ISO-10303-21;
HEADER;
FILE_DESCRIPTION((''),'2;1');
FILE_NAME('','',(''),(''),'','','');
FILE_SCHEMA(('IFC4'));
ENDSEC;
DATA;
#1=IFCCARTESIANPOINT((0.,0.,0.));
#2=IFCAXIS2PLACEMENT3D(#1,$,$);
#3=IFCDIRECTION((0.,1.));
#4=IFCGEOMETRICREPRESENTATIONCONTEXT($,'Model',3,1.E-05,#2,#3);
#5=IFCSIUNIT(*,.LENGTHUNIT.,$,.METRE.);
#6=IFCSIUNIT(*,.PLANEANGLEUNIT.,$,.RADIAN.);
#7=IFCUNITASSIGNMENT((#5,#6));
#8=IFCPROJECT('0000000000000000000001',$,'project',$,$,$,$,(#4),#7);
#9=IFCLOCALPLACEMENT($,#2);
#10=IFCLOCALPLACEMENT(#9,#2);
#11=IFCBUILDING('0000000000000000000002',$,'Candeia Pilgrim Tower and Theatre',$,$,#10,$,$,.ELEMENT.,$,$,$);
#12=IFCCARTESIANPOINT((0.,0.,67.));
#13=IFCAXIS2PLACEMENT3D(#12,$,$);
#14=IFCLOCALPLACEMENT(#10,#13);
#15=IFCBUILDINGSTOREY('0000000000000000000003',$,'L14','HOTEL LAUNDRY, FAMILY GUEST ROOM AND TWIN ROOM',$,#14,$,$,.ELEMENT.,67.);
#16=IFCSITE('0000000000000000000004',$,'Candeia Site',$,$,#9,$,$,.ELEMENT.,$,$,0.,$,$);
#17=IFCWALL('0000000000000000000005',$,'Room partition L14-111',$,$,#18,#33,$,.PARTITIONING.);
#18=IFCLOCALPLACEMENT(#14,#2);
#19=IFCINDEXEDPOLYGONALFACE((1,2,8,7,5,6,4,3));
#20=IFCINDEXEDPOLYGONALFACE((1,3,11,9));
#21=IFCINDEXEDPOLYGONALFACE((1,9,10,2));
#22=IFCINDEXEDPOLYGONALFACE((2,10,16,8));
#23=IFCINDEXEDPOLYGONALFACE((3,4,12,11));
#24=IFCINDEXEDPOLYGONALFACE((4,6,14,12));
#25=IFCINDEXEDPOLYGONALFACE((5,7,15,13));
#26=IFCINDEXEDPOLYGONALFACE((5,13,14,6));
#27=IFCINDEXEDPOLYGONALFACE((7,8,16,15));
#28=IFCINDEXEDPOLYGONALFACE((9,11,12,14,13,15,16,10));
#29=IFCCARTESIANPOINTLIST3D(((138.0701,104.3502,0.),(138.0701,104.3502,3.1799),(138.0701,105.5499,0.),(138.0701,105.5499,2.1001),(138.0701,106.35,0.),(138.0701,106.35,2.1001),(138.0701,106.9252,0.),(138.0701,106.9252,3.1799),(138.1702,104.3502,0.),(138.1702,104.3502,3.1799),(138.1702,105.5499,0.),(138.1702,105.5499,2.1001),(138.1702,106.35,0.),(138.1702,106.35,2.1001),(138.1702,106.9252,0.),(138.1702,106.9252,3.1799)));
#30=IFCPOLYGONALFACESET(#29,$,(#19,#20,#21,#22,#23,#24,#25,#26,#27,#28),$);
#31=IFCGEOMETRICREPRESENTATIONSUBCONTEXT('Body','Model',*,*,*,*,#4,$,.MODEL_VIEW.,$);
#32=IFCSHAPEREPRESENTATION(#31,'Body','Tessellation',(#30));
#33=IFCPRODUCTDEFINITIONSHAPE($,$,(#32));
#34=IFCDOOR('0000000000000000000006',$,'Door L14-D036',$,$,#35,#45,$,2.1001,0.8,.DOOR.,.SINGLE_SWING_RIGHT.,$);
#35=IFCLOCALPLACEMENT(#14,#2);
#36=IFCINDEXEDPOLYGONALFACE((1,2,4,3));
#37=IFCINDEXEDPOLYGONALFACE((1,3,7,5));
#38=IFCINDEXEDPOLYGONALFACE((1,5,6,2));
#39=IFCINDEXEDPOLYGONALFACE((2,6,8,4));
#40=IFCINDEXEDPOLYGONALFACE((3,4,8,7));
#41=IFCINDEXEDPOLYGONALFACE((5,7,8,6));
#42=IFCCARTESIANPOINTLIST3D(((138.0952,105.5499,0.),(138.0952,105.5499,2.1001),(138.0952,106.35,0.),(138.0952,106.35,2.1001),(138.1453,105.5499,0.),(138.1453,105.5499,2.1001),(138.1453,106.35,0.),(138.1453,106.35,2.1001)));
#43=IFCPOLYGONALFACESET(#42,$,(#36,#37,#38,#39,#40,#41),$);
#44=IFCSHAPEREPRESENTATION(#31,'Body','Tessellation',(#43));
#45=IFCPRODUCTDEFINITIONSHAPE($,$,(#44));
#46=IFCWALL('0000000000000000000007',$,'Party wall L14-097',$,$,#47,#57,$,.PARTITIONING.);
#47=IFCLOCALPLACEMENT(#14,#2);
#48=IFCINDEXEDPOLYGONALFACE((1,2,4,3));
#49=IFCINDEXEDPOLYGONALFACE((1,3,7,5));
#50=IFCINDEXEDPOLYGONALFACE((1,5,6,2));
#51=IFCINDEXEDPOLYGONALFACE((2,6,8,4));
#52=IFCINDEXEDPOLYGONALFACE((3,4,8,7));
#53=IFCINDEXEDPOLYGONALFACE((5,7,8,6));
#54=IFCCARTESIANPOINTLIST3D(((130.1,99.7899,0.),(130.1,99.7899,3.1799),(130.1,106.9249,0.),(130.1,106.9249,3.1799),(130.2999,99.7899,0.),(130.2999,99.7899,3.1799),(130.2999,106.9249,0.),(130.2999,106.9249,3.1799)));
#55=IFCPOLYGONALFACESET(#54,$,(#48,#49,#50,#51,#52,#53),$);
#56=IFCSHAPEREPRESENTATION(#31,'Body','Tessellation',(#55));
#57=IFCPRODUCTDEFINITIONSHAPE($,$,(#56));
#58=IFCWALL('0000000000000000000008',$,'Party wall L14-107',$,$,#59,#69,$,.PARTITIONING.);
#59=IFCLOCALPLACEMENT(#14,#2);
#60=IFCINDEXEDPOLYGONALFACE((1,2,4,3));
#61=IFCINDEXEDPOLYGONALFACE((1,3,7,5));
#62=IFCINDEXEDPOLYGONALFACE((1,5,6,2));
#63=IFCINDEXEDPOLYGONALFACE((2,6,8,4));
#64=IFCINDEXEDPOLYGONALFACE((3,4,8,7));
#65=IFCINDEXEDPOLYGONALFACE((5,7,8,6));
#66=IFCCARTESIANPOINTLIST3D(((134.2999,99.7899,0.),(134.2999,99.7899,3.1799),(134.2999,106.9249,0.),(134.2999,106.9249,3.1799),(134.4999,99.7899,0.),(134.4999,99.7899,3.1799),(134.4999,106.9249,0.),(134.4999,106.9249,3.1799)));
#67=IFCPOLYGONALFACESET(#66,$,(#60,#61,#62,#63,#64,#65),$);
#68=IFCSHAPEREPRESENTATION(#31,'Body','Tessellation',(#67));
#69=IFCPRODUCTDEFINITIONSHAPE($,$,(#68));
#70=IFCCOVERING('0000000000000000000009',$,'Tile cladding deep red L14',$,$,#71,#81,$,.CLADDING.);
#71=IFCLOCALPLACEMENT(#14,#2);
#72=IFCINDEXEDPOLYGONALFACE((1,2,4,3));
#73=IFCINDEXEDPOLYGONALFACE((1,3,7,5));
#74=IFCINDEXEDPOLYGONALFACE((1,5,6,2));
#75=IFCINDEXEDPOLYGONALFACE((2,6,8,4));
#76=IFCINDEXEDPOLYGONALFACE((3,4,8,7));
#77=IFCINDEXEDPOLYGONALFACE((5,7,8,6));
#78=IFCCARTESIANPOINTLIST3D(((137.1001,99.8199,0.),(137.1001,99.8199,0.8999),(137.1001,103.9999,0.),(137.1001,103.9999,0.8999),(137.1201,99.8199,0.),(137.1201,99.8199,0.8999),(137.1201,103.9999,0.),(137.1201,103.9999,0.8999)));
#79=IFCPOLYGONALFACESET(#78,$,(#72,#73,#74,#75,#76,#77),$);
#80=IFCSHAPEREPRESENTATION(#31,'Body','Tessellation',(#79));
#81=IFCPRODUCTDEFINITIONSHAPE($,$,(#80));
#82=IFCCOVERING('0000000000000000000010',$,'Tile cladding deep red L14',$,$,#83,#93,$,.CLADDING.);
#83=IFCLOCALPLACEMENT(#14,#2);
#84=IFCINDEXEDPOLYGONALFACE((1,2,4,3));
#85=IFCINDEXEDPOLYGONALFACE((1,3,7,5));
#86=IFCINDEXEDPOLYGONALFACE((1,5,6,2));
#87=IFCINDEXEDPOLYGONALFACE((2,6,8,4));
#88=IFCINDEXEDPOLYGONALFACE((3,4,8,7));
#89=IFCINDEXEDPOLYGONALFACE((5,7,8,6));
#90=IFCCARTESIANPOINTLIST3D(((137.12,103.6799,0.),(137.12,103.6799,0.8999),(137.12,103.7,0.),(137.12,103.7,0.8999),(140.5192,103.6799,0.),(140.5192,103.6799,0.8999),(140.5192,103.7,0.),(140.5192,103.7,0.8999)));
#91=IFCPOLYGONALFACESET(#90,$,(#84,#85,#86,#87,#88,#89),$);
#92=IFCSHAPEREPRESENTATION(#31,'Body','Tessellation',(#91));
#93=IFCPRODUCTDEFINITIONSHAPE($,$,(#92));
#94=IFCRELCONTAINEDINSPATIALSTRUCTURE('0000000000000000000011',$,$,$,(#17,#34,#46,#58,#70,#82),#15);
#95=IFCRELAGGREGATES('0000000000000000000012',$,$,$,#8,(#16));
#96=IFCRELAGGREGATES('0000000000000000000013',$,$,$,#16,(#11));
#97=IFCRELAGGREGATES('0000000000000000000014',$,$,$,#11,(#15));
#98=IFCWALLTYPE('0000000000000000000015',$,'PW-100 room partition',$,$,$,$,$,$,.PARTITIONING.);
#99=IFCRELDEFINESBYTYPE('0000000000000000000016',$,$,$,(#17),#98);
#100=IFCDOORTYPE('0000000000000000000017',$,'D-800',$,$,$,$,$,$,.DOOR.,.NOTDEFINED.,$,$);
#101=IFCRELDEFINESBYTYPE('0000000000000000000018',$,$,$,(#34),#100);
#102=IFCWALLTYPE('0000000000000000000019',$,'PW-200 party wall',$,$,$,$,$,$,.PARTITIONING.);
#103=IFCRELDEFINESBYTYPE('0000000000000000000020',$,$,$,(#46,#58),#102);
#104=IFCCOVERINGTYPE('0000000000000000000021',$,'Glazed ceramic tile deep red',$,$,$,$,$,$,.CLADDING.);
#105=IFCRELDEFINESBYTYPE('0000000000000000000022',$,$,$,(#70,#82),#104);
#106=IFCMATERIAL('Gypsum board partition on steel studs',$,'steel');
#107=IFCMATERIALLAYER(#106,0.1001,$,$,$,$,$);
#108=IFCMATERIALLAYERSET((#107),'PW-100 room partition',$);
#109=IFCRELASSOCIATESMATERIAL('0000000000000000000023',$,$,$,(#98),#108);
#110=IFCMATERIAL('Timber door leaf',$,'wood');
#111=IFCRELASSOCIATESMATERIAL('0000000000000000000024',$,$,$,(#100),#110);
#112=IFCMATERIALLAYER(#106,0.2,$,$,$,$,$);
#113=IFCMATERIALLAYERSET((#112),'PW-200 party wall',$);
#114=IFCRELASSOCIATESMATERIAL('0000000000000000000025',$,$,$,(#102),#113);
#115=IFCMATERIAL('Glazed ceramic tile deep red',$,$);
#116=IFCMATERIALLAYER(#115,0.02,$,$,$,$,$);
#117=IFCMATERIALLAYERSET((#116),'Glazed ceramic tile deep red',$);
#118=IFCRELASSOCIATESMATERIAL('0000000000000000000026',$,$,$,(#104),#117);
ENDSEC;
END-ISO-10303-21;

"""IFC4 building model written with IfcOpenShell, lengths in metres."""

from ifc_helpers import new_model, si_unit, direction, frame, frame_2d, origin, origin_2d, place, context, subcontext, project, spatial, rectangle, extrude, material, layer, layer_set, type_object, element, fill, save


model = new_model("IFC4")

# Units and contexts
model_context = context("Model", 3, precision=1e-05, world=origin(), true_north=direction((0.0, 1.0)))
body_context = subcontext(model_context, "Body", "Model", "MODEL_VIEW")
ifc_project = project(units=[si_unit("LENGTHUNIT", "METRE"), si_unit("PLANEANGLEUNIT", "RADIAN")], contexts=[model_context])

# Site, building, storey
site_placement = place(None, origin())
site = spatial("IfcSite", under=ifc_project, at=site_placement, Name="Candeia Site", CompositionType="ELEMENT", RefElevation=0.0)
building_placement = place(site_placement, origin())
building = spatial("IfcBuilding", under=site, at=building_placement, Name="Candeia Pilgrim Tower and Theatre", CompositionType="ELEMENT")
storey_placement = place(building_placement, frame((0.0, 0.0, 67.0)))
storey = spatial("IfcBuildingStorey", under=building, at=storey_placement, Name="L14", Description="HOTEL LAUNDRY, FAMILY GUEST ROOM AND TWIN ROOM", CompositionType="ELEMENT", Elevation=67.0)

# Shared definitions
ifc_material_1 = material(Name="Gypsum board partition on steel studs", Category="steel")
ifc_layer_1 = layer(ifc_material_1, 0.1001)
ifc_layer_set_1 = layer_set([ifc_layer_1], Name="PW-100 room partition")
wall_type_1 = type_object("IfcWallType", Name="PW-100 room partition", PredefinedType="PARTITIONING", material=ifc_layer_set_1)

# Wall, opening, door
wall_1_placement = place(storey_placement, frame((138.1201, 104.3501, 0.0), z_axis=(0.0, 0.0, 1.0), x_axis=(0.0, 1.0, 0.0)))
wall_1 = element("IfcWall", 1, at=wall_1_placement, inside=storey, type_object=wall_type_1, Name="Room partition L14-111", PredefinedType="PARTITIONING", context=body_context, shape_type="SweptSolid", body=[
    extrude(rectangle(XDim=2.575, YDim=0.1001, at=frame_2d((1.2876, 0.0))), origin(), (0.0, 0.0, 1.0), 3.1799),
])
opening_1_placement = place(wall_1_placement, frame((1.2, 0.0, 0.0)))
opening_1 = element("IfcOpeningElement", 2, at=opening_1_placement, cuts=wall_1, PredefinedType="OPENING", context=body_context, shape_type="SweptSolid", body=[
    extrude(rectangle(XDim=0.8, YDim=2.1001, at=frame_2d((0.3999, 1.05))), frame((0.0, 0.0601, 0.0), z_axis=(0.0, -1.0, 0.0), x_axis=(1.0, 0.0, 0.0)), (0.0, 0.0, 1.0), 0.1201),
])
ifc_material_2 = material(Name="Timber door leaf", Category="wood")
door_type_1 = type_object("IfcDoorType", Name="D-800", OperationType="NOTDEFINED", PredefinedType="DOOR", material=ifc_material_2)
door_1_placement = place(opening_1_placement, origin())
door_1 = element("IfcDoor", 3, at=door_1_placement, inside=storey, type_object=door_type_1, Name="Door L14-D036", OperationType="SINGLE_SWING_RIGHT", OverallHeight=2.1001, OverallWidth=0.8, PredefinedType="DOOR", context=body_context, shape_type="SweptSolid", body=[
    extrude(rectangle(XDim=0.8, YDim=2.1001, at=frame_2d((0.3999, 1.05))), frame((0.0, 0.0249, 0.0), z_axis=(0.0, -1.0, 0.0), x_axis=(1.0, 0.0, 0.0)), (0.0, 0.0, 1.0), 0.05),
])
fill(opening_1, door_1)

# Walls
ifc_layer_2 = layer(ifc_material_1, 0.2)
ifc_layer_set_2 = layer_set([ifc_layer_2], Name="PW-200 party wall")
wall_type_2 = type_object("IfcWallType", Name="PW-200 party wall", PredefinedType="PARTITIONING", material=ifc_layer_set_2)
for number, where, z_axis, x_axis, name in (
    (4, (130.2, 99.79, 0.0), (0.0, 0.0, 1.0), (0.0, 1.0, 0.0), "Party wall L14-097"),
    (5, (134.3999, 99.79, 0.0), (0.0, 0.0, 1.0), (0.0, 1.0, 0.0), "Party wall L14-107"),
):
    element("IfcWall", number, at=place(storey_placement, frame(where, z_axis=z_axis, x_axis=x_axis)), inside=storey, type_object=wall_type_2, Name=name, PredefinedType="PARTITIONING", context=body_context, shape_type="SweptSolid", body=[
        extrude(rectangle(XDim=7.135, YDim=0.2, at=frame_2d((3.5674, 0.0))), origin(), (0.0, 0.0, 1.0), 3.1799),
    ])

# Coverings
ifc_material_3 = material(Name="Glazed ceramic tile deep red")
ifc_layer_3 = layer(ifc_material_3, 0.02)
ifc_layer_set_3 = layer_set([ifc_layer_3], Name="Glazed ceramic tile deep red")
covering_type = type_object("IfcCoveringType", Name="Glazed ceramic tile deep red", PredefinedType="CLADDING", material=ifc_layer_set_3)
covering_1_placement = place(storey_placement, frame((137.1101, 101.9099, 0.0), z_axis=(0.0, 0.0, 1.0), x_axis=(0.0, 1.0, 0.0)))
element("IfcCovering", 6, at=covering_1_placement, inside=storey, type_object=covering_type, Name="Tile cladding deep red L14", PredefinedType="CLADDING", context=body_context, shape_type="SweptSolid", body=[
    extrude(rectangle(XDim=4.1799, YDim=0.02, at=origin_2d()), origin(), (0.0, 0.0, 1.0), 0.8999),
])
covering_2_placement = place(storey_placement, frame((138.8196, 103.6899, 0.0), z_axis=(0.0, 0.0, 1.0), x_axis=(1.0, 0.0, 0.0)))
element("IfcCovering", 7, at=covering_2_placement, inside=storey, type_object=covering_type, Name="Tile cladding deep red L14", PredefinedType="CLADDING", context=body_context, shape_type="SweptSolid", body=[
    extrude(rectangle(XDim=3.3992, YDim=0.02, at=origin_2d()), origin(), (0.0, 0.0, 1.0), 0.8999),
])

save(model, "model.ifc")
